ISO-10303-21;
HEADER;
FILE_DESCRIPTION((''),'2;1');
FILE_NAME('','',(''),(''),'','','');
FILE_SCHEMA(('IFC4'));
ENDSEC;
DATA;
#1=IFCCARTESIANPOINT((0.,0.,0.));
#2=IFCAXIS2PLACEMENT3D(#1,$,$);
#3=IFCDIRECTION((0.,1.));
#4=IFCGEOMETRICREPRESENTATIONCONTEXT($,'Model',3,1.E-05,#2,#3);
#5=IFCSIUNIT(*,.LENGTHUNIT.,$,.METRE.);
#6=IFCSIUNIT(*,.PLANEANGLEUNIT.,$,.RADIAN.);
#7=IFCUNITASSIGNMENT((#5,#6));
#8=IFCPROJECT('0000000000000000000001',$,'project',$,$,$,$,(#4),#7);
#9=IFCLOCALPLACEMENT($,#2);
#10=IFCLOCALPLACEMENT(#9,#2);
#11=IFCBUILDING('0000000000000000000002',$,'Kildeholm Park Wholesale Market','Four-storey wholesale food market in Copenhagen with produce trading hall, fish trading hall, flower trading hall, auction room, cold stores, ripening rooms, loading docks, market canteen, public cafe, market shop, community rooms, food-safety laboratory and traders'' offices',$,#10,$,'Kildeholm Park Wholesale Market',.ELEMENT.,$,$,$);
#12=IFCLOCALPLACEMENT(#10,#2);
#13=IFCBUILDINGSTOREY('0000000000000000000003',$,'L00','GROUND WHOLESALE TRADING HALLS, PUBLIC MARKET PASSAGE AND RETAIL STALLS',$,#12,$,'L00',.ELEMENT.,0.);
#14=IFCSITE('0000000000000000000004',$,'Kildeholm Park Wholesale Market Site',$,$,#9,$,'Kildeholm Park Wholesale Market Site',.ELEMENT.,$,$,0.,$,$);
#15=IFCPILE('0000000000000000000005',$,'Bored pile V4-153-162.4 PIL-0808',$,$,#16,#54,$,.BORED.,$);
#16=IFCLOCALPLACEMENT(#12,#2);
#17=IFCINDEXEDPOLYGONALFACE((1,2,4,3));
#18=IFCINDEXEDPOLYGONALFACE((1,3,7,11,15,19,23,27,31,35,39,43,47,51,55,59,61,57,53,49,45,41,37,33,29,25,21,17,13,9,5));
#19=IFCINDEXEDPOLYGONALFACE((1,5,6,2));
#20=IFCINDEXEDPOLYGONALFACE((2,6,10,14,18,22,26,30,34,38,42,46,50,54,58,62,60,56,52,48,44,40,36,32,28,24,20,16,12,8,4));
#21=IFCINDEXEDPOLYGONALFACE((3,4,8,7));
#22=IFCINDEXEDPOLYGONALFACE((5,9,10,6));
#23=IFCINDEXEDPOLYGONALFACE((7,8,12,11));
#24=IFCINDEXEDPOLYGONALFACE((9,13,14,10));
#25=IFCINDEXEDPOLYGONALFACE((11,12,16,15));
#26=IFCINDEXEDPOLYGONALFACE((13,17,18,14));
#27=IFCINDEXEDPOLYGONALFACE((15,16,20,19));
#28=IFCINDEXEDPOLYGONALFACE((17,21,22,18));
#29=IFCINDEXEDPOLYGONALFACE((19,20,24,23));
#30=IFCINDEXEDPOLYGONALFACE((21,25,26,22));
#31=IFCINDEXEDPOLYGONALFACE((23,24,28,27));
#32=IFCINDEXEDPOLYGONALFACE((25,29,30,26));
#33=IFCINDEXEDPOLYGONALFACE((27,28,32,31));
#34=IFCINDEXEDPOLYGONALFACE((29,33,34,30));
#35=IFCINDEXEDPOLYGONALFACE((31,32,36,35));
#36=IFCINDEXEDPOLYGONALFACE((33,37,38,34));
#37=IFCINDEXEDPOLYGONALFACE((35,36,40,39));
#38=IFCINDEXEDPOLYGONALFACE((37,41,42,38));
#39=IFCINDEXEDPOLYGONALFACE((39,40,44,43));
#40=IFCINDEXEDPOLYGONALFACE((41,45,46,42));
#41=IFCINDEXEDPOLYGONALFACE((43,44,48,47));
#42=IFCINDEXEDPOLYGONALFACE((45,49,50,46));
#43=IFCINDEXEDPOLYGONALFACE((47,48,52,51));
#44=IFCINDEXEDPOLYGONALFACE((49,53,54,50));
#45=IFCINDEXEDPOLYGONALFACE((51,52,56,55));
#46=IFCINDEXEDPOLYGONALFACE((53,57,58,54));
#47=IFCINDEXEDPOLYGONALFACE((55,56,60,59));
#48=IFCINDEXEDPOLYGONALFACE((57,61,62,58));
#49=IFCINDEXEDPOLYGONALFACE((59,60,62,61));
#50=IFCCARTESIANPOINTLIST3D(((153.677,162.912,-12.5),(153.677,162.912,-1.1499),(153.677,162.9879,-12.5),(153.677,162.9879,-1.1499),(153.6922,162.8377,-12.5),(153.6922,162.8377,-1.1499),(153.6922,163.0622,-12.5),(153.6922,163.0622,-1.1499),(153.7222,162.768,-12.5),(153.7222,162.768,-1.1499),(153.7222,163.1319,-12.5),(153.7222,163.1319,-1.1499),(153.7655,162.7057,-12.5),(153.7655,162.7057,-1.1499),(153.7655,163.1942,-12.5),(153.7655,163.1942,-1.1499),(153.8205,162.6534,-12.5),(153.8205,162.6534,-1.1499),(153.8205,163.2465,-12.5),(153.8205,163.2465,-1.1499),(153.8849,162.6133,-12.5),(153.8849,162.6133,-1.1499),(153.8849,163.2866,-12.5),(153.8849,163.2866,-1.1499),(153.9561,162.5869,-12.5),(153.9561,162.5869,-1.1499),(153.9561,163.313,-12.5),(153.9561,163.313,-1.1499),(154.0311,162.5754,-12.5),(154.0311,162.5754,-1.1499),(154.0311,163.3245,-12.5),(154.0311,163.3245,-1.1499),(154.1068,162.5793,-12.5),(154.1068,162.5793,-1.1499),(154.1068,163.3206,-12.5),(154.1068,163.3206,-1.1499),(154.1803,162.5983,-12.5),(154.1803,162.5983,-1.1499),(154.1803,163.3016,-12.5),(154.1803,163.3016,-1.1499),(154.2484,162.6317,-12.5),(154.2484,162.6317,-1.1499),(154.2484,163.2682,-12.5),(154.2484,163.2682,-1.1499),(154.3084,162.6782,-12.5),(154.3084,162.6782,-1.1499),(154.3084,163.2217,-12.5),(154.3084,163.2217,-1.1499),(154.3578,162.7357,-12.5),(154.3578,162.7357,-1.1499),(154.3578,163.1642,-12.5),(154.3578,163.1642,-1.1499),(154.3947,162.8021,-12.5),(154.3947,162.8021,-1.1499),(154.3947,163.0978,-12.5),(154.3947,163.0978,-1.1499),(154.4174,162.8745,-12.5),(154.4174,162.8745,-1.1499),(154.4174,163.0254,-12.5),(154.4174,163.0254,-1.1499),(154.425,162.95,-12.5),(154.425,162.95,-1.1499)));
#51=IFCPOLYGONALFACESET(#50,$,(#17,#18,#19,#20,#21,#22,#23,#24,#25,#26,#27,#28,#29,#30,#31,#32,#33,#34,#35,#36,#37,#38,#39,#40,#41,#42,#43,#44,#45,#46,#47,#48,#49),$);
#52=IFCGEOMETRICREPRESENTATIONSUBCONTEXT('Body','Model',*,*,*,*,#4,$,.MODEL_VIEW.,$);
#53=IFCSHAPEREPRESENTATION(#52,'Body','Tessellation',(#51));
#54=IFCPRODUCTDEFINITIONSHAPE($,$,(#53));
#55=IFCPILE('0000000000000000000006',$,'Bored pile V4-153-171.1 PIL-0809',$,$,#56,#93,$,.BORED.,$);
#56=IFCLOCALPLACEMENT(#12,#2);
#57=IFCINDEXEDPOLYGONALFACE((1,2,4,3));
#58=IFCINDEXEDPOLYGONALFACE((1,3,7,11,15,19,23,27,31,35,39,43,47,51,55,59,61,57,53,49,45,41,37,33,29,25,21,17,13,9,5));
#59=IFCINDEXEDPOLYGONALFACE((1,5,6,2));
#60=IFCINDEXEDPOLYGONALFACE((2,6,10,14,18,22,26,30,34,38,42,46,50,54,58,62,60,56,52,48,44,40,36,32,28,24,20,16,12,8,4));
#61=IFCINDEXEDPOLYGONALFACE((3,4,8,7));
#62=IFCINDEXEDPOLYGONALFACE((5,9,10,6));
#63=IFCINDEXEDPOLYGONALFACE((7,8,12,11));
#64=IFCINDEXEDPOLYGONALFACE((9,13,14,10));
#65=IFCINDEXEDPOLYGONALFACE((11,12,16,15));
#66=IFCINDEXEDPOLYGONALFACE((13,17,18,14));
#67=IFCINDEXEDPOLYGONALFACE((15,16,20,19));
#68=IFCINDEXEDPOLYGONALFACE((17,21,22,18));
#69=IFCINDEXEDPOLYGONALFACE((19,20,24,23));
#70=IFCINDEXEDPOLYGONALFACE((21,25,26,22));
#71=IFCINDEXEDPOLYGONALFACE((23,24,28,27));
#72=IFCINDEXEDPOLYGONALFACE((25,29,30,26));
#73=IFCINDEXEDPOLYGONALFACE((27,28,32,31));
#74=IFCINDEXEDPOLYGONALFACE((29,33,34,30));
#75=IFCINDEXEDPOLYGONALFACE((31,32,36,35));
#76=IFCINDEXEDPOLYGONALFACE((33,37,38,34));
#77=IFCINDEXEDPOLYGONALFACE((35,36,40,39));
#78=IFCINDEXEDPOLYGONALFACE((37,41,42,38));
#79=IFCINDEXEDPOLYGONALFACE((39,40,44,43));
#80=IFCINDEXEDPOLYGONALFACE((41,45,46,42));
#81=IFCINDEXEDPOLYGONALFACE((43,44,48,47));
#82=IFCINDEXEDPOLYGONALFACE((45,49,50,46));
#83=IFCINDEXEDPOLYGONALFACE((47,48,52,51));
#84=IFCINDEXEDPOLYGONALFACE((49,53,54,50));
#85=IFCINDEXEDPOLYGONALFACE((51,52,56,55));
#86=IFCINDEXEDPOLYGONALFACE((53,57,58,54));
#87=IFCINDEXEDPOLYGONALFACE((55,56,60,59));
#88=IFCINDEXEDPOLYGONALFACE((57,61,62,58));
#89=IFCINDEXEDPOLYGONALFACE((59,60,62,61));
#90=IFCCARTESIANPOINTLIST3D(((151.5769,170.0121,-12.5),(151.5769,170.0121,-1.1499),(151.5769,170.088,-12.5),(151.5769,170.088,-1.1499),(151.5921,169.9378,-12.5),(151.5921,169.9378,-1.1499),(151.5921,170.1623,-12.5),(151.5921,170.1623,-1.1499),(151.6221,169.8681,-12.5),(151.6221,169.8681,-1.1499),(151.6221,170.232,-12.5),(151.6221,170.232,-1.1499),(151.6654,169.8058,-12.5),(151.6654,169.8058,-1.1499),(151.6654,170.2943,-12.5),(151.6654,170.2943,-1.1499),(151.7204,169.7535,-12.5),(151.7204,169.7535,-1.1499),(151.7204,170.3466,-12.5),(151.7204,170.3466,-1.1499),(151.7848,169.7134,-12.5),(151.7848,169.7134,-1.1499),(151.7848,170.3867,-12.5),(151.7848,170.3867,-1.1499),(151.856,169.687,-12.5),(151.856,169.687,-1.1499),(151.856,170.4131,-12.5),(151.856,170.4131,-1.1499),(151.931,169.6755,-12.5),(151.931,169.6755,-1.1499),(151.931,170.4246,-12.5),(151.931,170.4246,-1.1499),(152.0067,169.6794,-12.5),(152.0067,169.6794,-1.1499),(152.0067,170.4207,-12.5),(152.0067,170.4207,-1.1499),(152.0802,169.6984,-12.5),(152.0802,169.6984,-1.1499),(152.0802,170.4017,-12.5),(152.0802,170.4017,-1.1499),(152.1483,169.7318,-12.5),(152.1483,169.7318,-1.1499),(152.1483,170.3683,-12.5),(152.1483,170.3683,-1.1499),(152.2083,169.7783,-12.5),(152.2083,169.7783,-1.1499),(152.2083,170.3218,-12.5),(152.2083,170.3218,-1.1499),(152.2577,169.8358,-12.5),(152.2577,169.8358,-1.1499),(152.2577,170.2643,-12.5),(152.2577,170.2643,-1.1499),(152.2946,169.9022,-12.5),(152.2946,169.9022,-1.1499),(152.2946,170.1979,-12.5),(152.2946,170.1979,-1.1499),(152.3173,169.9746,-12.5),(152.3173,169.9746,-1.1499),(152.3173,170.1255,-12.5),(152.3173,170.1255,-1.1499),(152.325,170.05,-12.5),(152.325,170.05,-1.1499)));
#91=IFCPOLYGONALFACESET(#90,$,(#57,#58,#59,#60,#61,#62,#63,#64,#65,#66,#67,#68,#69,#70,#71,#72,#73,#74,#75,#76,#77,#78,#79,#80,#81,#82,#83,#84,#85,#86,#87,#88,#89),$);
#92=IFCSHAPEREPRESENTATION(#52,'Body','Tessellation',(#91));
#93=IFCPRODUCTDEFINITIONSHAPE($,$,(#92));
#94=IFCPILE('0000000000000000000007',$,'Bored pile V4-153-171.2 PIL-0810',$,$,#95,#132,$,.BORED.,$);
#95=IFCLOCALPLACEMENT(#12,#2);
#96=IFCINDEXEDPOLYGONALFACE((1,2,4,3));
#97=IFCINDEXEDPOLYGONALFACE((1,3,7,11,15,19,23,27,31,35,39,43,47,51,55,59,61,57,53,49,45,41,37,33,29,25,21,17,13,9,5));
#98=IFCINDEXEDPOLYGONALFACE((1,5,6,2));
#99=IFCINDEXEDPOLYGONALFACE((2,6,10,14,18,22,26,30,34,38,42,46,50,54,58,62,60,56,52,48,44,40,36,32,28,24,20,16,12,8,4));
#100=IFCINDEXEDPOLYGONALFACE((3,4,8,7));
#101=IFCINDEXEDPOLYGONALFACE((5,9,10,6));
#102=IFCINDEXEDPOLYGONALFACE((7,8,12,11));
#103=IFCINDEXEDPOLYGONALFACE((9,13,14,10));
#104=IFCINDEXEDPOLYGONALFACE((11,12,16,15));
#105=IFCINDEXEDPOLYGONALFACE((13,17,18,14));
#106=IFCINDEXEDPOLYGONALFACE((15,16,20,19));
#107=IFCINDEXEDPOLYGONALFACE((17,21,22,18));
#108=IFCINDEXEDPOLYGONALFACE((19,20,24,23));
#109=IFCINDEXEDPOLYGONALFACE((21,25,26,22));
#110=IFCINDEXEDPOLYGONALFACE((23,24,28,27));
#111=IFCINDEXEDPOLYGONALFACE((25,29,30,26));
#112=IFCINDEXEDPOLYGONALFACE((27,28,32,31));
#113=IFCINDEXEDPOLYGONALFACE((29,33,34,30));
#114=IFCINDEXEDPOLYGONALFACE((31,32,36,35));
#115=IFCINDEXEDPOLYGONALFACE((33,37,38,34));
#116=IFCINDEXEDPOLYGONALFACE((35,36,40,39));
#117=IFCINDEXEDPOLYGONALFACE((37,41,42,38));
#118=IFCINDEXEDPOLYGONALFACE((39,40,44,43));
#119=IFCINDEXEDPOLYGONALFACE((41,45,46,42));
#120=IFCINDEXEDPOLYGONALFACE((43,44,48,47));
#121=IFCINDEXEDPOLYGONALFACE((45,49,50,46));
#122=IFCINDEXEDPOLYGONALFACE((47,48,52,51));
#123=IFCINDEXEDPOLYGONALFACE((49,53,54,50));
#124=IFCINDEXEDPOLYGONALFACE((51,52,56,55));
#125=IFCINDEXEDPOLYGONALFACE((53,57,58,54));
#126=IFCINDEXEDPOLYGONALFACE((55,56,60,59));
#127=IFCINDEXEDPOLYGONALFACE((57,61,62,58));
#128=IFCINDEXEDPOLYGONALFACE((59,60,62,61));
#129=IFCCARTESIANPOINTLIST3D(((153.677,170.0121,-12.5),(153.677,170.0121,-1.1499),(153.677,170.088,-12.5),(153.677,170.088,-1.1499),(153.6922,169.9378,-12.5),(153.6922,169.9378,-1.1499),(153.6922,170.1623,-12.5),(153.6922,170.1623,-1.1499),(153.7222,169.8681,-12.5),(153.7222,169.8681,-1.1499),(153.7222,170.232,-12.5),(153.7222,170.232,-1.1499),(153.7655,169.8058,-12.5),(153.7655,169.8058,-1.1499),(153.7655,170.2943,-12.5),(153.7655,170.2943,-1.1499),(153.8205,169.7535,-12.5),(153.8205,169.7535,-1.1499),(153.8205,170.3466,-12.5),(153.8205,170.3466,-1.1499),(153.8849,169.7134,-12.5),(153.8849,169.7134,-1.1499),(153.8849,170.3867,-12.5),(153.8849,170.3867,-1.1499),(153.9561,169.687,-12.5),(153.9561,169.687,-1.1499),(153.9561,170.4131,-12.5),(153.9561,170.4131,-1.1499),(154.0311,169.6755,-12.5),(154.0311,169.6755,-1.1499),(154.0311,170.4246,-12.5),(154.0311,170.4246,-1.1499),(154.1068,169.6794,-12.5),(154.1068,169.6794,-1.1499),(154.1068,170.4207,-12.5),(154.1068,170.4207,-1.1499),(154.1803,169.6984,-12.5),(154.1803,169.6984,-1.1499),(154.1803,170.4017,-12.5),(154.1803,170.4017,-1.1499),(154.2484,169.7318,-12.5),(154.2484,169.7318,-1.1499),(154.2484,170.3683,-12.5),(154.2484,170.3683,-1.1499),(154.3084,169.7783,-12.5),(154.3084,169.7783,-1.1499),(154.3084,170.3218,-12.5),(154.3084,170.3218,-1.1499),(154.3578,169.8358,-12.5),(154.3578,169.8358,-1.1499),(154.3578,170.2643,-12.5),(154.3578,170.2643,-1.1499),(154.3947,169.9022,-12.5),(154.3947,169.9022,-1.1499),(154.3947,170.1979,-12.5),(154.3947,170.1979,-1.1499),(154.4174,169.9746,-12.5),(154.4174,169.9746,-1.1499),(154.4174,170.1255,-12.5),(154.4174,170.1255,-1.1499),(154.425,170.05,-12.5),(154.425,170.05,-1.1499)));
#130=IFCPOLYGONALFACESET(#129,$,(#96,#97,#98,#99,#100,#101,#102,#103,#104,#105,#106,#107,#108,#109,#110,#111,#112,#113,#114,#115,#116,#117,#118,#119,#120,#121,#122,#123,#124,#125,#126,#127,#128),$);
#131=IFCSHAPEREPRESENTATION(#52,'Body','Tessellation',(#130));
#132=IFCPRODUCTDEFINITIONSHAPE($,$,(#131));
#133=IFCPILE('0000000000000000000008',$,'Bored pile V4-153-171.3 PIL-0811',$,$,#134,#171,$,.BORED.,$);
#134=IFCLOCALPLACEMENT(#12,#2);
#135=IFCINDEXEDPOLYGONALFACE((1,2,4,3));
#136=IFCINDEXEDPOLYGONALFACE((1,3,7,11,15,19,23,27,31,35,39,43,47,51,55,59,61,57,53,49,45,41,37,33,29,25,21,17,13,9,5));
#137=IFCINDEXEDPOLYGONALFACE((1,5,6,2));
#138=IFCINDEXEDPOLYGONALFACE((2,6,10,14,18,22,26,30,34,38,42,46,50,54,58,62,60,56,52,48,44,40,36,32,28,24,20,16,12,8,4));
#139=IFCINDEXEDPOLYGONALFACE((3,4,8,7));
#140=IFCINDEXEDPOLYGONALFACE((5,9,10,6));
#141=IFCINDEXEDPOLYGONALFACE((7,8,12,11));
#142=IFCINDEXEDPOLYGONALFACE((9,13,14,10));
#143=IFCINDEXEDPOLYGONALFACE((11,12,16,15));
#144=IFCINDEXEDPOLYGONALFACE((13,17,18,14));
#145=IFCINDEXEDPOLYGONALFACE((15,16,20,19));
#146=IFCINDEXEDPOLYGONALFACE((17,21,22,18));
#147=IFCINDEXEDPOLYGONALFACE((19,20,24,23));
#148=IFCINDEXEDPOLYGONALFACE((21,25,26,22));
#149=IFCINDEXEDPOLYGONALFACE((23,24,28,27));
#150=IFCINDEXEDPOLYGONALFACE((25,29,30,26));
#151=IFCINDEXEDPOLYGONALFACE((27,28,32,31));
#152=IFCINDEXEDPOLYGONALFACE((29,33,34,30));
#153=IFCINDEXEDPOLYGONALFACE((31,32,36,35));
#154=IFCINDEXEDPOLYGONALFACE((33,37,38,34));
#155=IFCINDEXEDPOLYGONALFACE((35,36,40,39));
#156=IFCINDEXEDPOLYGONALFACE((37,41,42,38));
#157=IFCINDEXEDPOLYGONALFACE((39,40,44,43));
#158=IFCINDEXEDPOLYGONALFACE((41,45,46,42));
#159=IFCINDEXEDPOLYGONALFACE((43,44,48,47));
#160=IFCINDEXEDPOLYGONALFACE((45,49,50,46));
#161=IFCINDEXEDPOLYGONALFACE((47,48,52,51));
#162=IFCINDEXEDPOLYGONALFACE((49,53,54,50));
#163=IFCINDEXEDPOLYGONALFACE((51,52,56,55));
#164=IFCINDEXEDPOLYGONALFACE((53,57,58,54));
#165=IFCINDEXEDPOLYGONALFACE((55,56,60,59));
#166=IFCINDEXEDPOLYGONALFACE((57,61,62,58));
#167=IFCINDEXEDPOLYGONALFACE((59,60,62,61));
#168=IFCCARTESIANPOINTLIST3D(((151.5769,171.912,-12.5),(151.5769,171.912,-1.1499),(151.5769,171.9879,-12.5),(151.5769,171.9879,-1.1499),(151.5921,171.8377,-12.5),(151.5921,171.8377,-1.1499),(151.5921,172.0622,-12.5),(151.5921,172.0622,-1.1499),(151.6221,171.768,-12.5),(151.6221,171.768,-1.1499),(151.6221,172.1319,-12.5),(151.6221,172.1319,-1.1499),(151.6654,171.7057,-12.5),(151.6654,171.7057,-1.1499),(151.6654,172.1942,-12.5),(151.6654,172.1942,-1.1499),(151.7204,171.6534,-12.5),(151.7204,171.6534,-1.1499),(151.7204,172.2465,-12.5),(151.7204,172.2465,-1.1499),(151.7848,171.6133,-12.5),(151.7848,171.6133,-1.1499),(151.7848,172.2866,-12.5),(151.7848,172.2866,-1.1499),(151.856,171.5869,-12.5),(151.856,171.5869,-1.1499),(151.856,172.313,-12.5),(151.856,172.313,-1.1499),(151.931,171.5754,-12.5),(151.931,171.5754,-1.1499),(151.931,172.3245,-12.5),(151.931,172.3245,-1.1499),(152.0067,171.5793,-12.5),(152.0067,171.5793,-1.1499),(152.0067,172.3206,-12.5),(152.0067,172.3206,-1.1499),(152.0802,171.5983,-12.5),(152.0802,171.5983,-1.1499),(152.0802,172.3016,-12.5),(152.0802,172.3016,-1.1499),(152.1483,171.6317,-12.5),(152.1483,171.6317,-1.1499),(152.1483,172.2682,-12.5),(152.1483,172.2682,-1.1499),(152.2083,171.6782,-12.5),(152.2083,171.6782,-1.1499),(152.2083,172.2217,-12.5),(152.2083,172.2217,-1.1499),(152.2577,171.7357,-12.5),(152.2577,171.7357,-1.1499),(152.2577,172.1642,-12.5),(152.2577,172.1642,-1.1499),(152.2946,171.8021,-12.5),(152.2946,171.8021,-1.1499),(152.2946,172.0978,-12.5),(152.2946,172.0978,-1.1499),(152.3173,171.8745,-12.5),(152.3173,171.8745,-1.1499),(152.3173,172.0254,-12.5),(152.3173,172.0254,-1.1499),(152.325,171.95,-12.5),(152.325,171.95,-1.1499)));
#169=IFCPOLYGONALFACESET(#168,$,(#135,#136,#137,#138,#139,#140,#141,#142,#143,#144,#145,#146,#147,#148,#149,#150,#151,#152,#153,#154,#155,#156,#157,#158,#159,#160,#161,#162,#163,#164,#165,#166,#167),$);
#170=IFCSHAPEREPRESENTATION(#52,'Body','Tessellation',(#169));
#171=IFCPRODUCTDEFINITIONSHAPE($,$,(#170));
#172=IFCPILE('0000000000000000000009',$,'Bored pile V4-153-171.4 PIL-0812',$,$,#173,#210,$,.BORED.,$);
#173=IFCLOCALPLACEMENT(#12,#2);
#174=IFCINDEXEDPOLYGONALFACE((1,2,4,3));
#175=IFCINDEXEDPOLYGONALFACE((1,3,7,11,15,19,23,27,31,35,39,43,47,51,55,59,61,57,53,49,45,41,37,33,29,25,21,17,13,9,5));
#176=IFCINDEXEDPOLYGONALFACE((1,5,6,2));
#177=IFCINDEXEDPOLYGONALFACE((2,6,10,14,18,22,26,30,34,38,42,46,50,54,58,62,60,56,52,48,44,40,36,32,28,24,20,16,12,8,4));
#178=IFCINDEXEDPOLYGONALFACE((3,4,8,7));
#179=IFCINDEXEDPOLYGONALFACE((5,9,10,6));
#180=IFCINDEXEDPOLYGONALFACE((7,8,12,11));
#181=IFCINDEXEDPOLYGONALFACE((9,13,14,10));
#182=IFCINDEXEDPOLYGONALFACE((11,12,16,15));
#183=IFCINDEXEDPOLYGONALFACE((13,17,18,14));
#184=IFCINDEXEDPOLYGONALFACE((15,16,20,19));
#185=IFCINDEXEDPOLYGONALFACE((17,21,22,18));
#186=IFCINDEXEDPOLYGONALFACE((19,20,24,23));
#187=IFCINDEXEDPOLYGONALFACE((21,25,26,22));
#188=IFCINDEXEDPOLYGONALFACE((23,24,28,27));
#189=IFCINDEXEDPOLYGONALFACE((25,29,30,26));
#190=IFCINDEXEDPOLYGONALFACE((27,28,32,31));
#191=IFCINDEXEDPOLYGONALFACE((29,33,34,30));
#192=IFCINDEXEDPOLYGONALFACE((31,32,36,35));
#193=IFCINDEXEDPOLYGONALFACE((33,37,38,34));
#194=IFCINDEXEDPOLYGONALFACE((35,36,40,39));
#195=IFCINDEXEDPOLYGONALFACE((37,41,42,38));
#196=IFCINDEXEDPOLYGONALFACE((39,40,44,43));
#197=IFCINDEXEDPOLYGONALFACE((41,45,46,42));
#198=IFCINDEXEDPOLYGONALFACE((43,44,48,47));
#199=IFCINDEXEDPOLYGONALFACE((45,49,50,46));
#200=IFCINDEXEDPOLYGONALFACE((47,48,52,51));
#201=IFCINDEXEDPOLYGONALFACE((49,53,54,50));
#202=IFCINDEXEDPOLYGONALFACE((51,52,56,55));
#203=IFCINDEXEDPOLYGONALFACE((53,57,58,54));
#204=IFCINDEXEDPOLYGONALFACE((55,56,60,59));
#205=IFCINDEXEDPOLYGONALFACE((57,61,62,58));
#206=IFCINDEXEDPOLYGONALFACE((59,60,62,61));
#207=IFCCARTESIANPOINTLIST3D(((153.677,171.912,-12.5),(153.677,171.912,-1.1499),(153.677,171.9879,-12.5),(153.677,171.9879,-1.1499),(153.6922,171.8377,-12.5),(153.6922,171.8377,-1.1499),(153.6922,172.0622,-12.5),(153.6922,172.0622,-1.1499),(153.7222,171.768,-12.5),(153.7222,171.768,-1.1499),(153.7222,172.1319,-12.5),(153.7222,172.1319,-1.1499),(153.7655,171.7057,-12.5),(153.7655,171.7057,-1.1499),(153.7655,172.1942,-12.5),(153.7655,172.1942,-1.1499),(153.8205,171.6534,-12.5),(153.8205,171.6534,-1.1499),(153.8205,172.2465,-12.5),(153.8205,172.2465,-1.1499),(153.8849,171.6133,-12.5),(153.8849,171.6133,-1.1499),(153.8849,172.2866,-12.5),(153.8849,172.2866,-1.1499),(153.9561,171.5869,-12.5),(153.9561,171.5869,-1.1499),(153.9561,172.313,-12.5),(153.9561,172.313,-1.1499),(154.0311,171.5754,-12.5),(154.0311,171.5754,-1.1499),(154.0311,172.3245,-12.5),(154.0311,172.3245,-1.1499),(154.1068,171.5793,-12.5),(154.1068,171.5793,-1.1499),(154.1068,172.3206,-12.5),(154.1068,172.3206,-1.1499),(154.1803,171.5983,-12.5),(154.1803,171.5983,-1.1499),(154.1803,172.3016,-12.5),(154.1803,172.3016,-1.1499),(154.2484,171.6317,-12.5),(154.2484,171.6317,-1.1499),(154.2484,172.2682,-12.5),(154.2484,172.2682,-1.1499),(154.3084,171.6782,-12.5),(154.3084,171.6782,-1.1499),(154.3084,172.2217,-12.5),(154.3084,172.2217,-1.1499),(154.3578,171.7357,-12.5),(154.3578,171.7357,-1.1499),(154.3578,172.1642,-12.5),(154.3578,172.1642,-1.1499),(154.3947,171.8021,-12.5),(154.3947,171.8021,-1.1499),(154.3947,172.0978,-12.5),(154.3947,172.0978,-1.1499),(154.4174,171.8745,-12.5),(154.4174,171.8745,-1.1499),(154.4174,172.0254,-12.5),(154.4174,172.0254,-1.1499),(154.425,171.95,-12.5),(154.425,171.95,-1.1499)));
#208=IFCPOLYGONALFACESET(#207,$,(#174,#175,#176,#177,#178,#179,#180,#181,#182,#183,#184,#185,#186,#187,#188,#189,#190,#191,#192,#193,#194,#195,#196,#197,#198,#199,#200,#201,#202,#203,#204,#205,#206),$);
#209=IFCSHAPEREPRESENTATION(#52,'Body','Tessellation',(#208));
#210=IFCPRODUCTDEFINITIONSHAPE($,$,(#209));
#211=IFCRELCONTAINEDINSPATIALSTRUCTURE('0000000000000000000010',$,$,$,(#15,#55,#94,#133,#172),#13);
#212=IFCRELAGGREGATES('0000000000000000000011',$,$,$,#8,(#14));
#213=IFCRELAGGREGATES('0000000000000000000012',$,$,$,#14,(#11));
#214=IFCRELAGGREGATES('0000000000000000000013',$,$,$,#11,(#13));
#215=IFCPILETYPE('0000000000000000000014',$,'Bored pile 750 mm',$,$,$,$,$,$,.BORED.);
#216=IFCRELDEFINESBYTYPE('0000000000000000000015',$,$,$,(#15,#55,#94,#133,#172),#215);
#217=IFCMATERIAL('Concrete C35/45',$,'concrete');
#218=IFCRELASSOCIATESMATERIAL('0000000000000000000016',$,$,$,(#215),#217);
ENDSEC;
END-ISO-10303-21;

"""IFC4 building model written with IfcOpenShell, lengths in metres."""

from ifc_helpers import new_model, si_unit, direction, frame, origin, origin_2d, place, context, subcontext, project, spatial, circle, extrude, material, material_profile, profile_set, type_object, element, save


model = new_model("IFC4")

# Units and contexts
model_context = context("Model", 3, precision=1e-05, world=origin(), true_north=direction((0.0, 1.0)))
body_context = subcontext(model_context, "Body", "Model", "MODEL_VIEW")
ifc_project = project(units=[si_unit("LENGTHUNIT", "METRE"), si_unit("PLANEANGLEUNIT", "RADIAN")], contexts=[model_context])

# Site, building, storey
site_placement = place(None, origin())
site = spatial("IfcSite", under=ifc_project, at=site_placement, Name="Kildeholm Park Wholesale Market Site", LongName="Kildeholm Park Wholesale Market Site", CompositionType="ELEMENT", RefElevation=0.0)
building_placement = place(site_placement, origin())
building = spatial("IfcBuilding", under=site, at=building_placement, Name="Kildeholm Park Wholesale Market", Description="Four-storey wholesale food market in Copenhagen with produce trading hall, fish trading hall, flower trading hall, auction room, cold stores, ripening rooms, loading docks, market canteen, public cafe, market shop, community rooms, food-safety laboratory and traders' offices", LongName="Kildeholm Park Wholesale Market", CompositionType="ELEMENT")
storey_placement = place(building_placement, origin())
storey = spatial("IfcBuildingStorey", under=building, at=storey_placement, Name="L00", Description="GROUND WHOLESALE TRADING HALLS, PUBLIC MARKET PASSAGE AND RETAIL STALLS", LongName="L00", CompositionType="ELEMENT", Elevation=0.0)

# Piles
ifc_material_1 = material(Name="Concrete C35/45", Category="concrete")
ifc_material_profile_1 = material_profile(ifc_material_1, circle(Radius=0.375, at=origin_2d()), Name="PILE D750")
ifc_profile_set_1 = profile_set([ifc_material_profile_1], Name="Concrete C35/45")
pile_type = type_object("IfcPileType", Name="Bored pile 750 mm", PredefinedType="BORED", material=ifc_profile_set_1)
for number, where, z_axis, x_axis, name in (
    (1, (154.05, 162.95, -1.1499), (0.0, 0.0, -1.0), (1.0, 0.0, 0.0), "Bored pile V4-153-162.4 PIL-0808"),
    (2, (151.95, 170.05, -1.1499), (0.0, 0.0, -1.0), (1.0, 0.0, 0.0), "Bored pile V4-153-171.1 PIL-0809"),
    (3, (154.05, 170.05, -1.1499), (0.0, 0.0, -1.0), (1.0, 0.0, 0.0), "Bored pile V4-153-171.2 PIL-0810"),
    (4, (151.95, 171.95, -1.1499), (0.0, 0.0, -1.0), (1.0, 0.0, 0.0), "Bored pile V4-153-171.3 PIL-0811"),
    (5, (154.05, 171.95, -1.1499), (0.0, 0.0, -1.0), (1.0, 0.0, 0.0), "Bored pile V4-153-171.4 PIL-0812"),
):
    element("IfcPile", number, at=place(storey_placement, frame(where, z_axis=z_axis, x_axis=x_axis)), inside=storey, type_object=pile_type, Name=name, PredefinedType="BORED", context=body_context, shape_type="SweptSolid", body=[
        extrude(circle(Radius=0.375, at=origin_2d()), origin(), (0.0, 0.0, 1.0), 11.3501),
    ])

save(model, "model.ifc")
